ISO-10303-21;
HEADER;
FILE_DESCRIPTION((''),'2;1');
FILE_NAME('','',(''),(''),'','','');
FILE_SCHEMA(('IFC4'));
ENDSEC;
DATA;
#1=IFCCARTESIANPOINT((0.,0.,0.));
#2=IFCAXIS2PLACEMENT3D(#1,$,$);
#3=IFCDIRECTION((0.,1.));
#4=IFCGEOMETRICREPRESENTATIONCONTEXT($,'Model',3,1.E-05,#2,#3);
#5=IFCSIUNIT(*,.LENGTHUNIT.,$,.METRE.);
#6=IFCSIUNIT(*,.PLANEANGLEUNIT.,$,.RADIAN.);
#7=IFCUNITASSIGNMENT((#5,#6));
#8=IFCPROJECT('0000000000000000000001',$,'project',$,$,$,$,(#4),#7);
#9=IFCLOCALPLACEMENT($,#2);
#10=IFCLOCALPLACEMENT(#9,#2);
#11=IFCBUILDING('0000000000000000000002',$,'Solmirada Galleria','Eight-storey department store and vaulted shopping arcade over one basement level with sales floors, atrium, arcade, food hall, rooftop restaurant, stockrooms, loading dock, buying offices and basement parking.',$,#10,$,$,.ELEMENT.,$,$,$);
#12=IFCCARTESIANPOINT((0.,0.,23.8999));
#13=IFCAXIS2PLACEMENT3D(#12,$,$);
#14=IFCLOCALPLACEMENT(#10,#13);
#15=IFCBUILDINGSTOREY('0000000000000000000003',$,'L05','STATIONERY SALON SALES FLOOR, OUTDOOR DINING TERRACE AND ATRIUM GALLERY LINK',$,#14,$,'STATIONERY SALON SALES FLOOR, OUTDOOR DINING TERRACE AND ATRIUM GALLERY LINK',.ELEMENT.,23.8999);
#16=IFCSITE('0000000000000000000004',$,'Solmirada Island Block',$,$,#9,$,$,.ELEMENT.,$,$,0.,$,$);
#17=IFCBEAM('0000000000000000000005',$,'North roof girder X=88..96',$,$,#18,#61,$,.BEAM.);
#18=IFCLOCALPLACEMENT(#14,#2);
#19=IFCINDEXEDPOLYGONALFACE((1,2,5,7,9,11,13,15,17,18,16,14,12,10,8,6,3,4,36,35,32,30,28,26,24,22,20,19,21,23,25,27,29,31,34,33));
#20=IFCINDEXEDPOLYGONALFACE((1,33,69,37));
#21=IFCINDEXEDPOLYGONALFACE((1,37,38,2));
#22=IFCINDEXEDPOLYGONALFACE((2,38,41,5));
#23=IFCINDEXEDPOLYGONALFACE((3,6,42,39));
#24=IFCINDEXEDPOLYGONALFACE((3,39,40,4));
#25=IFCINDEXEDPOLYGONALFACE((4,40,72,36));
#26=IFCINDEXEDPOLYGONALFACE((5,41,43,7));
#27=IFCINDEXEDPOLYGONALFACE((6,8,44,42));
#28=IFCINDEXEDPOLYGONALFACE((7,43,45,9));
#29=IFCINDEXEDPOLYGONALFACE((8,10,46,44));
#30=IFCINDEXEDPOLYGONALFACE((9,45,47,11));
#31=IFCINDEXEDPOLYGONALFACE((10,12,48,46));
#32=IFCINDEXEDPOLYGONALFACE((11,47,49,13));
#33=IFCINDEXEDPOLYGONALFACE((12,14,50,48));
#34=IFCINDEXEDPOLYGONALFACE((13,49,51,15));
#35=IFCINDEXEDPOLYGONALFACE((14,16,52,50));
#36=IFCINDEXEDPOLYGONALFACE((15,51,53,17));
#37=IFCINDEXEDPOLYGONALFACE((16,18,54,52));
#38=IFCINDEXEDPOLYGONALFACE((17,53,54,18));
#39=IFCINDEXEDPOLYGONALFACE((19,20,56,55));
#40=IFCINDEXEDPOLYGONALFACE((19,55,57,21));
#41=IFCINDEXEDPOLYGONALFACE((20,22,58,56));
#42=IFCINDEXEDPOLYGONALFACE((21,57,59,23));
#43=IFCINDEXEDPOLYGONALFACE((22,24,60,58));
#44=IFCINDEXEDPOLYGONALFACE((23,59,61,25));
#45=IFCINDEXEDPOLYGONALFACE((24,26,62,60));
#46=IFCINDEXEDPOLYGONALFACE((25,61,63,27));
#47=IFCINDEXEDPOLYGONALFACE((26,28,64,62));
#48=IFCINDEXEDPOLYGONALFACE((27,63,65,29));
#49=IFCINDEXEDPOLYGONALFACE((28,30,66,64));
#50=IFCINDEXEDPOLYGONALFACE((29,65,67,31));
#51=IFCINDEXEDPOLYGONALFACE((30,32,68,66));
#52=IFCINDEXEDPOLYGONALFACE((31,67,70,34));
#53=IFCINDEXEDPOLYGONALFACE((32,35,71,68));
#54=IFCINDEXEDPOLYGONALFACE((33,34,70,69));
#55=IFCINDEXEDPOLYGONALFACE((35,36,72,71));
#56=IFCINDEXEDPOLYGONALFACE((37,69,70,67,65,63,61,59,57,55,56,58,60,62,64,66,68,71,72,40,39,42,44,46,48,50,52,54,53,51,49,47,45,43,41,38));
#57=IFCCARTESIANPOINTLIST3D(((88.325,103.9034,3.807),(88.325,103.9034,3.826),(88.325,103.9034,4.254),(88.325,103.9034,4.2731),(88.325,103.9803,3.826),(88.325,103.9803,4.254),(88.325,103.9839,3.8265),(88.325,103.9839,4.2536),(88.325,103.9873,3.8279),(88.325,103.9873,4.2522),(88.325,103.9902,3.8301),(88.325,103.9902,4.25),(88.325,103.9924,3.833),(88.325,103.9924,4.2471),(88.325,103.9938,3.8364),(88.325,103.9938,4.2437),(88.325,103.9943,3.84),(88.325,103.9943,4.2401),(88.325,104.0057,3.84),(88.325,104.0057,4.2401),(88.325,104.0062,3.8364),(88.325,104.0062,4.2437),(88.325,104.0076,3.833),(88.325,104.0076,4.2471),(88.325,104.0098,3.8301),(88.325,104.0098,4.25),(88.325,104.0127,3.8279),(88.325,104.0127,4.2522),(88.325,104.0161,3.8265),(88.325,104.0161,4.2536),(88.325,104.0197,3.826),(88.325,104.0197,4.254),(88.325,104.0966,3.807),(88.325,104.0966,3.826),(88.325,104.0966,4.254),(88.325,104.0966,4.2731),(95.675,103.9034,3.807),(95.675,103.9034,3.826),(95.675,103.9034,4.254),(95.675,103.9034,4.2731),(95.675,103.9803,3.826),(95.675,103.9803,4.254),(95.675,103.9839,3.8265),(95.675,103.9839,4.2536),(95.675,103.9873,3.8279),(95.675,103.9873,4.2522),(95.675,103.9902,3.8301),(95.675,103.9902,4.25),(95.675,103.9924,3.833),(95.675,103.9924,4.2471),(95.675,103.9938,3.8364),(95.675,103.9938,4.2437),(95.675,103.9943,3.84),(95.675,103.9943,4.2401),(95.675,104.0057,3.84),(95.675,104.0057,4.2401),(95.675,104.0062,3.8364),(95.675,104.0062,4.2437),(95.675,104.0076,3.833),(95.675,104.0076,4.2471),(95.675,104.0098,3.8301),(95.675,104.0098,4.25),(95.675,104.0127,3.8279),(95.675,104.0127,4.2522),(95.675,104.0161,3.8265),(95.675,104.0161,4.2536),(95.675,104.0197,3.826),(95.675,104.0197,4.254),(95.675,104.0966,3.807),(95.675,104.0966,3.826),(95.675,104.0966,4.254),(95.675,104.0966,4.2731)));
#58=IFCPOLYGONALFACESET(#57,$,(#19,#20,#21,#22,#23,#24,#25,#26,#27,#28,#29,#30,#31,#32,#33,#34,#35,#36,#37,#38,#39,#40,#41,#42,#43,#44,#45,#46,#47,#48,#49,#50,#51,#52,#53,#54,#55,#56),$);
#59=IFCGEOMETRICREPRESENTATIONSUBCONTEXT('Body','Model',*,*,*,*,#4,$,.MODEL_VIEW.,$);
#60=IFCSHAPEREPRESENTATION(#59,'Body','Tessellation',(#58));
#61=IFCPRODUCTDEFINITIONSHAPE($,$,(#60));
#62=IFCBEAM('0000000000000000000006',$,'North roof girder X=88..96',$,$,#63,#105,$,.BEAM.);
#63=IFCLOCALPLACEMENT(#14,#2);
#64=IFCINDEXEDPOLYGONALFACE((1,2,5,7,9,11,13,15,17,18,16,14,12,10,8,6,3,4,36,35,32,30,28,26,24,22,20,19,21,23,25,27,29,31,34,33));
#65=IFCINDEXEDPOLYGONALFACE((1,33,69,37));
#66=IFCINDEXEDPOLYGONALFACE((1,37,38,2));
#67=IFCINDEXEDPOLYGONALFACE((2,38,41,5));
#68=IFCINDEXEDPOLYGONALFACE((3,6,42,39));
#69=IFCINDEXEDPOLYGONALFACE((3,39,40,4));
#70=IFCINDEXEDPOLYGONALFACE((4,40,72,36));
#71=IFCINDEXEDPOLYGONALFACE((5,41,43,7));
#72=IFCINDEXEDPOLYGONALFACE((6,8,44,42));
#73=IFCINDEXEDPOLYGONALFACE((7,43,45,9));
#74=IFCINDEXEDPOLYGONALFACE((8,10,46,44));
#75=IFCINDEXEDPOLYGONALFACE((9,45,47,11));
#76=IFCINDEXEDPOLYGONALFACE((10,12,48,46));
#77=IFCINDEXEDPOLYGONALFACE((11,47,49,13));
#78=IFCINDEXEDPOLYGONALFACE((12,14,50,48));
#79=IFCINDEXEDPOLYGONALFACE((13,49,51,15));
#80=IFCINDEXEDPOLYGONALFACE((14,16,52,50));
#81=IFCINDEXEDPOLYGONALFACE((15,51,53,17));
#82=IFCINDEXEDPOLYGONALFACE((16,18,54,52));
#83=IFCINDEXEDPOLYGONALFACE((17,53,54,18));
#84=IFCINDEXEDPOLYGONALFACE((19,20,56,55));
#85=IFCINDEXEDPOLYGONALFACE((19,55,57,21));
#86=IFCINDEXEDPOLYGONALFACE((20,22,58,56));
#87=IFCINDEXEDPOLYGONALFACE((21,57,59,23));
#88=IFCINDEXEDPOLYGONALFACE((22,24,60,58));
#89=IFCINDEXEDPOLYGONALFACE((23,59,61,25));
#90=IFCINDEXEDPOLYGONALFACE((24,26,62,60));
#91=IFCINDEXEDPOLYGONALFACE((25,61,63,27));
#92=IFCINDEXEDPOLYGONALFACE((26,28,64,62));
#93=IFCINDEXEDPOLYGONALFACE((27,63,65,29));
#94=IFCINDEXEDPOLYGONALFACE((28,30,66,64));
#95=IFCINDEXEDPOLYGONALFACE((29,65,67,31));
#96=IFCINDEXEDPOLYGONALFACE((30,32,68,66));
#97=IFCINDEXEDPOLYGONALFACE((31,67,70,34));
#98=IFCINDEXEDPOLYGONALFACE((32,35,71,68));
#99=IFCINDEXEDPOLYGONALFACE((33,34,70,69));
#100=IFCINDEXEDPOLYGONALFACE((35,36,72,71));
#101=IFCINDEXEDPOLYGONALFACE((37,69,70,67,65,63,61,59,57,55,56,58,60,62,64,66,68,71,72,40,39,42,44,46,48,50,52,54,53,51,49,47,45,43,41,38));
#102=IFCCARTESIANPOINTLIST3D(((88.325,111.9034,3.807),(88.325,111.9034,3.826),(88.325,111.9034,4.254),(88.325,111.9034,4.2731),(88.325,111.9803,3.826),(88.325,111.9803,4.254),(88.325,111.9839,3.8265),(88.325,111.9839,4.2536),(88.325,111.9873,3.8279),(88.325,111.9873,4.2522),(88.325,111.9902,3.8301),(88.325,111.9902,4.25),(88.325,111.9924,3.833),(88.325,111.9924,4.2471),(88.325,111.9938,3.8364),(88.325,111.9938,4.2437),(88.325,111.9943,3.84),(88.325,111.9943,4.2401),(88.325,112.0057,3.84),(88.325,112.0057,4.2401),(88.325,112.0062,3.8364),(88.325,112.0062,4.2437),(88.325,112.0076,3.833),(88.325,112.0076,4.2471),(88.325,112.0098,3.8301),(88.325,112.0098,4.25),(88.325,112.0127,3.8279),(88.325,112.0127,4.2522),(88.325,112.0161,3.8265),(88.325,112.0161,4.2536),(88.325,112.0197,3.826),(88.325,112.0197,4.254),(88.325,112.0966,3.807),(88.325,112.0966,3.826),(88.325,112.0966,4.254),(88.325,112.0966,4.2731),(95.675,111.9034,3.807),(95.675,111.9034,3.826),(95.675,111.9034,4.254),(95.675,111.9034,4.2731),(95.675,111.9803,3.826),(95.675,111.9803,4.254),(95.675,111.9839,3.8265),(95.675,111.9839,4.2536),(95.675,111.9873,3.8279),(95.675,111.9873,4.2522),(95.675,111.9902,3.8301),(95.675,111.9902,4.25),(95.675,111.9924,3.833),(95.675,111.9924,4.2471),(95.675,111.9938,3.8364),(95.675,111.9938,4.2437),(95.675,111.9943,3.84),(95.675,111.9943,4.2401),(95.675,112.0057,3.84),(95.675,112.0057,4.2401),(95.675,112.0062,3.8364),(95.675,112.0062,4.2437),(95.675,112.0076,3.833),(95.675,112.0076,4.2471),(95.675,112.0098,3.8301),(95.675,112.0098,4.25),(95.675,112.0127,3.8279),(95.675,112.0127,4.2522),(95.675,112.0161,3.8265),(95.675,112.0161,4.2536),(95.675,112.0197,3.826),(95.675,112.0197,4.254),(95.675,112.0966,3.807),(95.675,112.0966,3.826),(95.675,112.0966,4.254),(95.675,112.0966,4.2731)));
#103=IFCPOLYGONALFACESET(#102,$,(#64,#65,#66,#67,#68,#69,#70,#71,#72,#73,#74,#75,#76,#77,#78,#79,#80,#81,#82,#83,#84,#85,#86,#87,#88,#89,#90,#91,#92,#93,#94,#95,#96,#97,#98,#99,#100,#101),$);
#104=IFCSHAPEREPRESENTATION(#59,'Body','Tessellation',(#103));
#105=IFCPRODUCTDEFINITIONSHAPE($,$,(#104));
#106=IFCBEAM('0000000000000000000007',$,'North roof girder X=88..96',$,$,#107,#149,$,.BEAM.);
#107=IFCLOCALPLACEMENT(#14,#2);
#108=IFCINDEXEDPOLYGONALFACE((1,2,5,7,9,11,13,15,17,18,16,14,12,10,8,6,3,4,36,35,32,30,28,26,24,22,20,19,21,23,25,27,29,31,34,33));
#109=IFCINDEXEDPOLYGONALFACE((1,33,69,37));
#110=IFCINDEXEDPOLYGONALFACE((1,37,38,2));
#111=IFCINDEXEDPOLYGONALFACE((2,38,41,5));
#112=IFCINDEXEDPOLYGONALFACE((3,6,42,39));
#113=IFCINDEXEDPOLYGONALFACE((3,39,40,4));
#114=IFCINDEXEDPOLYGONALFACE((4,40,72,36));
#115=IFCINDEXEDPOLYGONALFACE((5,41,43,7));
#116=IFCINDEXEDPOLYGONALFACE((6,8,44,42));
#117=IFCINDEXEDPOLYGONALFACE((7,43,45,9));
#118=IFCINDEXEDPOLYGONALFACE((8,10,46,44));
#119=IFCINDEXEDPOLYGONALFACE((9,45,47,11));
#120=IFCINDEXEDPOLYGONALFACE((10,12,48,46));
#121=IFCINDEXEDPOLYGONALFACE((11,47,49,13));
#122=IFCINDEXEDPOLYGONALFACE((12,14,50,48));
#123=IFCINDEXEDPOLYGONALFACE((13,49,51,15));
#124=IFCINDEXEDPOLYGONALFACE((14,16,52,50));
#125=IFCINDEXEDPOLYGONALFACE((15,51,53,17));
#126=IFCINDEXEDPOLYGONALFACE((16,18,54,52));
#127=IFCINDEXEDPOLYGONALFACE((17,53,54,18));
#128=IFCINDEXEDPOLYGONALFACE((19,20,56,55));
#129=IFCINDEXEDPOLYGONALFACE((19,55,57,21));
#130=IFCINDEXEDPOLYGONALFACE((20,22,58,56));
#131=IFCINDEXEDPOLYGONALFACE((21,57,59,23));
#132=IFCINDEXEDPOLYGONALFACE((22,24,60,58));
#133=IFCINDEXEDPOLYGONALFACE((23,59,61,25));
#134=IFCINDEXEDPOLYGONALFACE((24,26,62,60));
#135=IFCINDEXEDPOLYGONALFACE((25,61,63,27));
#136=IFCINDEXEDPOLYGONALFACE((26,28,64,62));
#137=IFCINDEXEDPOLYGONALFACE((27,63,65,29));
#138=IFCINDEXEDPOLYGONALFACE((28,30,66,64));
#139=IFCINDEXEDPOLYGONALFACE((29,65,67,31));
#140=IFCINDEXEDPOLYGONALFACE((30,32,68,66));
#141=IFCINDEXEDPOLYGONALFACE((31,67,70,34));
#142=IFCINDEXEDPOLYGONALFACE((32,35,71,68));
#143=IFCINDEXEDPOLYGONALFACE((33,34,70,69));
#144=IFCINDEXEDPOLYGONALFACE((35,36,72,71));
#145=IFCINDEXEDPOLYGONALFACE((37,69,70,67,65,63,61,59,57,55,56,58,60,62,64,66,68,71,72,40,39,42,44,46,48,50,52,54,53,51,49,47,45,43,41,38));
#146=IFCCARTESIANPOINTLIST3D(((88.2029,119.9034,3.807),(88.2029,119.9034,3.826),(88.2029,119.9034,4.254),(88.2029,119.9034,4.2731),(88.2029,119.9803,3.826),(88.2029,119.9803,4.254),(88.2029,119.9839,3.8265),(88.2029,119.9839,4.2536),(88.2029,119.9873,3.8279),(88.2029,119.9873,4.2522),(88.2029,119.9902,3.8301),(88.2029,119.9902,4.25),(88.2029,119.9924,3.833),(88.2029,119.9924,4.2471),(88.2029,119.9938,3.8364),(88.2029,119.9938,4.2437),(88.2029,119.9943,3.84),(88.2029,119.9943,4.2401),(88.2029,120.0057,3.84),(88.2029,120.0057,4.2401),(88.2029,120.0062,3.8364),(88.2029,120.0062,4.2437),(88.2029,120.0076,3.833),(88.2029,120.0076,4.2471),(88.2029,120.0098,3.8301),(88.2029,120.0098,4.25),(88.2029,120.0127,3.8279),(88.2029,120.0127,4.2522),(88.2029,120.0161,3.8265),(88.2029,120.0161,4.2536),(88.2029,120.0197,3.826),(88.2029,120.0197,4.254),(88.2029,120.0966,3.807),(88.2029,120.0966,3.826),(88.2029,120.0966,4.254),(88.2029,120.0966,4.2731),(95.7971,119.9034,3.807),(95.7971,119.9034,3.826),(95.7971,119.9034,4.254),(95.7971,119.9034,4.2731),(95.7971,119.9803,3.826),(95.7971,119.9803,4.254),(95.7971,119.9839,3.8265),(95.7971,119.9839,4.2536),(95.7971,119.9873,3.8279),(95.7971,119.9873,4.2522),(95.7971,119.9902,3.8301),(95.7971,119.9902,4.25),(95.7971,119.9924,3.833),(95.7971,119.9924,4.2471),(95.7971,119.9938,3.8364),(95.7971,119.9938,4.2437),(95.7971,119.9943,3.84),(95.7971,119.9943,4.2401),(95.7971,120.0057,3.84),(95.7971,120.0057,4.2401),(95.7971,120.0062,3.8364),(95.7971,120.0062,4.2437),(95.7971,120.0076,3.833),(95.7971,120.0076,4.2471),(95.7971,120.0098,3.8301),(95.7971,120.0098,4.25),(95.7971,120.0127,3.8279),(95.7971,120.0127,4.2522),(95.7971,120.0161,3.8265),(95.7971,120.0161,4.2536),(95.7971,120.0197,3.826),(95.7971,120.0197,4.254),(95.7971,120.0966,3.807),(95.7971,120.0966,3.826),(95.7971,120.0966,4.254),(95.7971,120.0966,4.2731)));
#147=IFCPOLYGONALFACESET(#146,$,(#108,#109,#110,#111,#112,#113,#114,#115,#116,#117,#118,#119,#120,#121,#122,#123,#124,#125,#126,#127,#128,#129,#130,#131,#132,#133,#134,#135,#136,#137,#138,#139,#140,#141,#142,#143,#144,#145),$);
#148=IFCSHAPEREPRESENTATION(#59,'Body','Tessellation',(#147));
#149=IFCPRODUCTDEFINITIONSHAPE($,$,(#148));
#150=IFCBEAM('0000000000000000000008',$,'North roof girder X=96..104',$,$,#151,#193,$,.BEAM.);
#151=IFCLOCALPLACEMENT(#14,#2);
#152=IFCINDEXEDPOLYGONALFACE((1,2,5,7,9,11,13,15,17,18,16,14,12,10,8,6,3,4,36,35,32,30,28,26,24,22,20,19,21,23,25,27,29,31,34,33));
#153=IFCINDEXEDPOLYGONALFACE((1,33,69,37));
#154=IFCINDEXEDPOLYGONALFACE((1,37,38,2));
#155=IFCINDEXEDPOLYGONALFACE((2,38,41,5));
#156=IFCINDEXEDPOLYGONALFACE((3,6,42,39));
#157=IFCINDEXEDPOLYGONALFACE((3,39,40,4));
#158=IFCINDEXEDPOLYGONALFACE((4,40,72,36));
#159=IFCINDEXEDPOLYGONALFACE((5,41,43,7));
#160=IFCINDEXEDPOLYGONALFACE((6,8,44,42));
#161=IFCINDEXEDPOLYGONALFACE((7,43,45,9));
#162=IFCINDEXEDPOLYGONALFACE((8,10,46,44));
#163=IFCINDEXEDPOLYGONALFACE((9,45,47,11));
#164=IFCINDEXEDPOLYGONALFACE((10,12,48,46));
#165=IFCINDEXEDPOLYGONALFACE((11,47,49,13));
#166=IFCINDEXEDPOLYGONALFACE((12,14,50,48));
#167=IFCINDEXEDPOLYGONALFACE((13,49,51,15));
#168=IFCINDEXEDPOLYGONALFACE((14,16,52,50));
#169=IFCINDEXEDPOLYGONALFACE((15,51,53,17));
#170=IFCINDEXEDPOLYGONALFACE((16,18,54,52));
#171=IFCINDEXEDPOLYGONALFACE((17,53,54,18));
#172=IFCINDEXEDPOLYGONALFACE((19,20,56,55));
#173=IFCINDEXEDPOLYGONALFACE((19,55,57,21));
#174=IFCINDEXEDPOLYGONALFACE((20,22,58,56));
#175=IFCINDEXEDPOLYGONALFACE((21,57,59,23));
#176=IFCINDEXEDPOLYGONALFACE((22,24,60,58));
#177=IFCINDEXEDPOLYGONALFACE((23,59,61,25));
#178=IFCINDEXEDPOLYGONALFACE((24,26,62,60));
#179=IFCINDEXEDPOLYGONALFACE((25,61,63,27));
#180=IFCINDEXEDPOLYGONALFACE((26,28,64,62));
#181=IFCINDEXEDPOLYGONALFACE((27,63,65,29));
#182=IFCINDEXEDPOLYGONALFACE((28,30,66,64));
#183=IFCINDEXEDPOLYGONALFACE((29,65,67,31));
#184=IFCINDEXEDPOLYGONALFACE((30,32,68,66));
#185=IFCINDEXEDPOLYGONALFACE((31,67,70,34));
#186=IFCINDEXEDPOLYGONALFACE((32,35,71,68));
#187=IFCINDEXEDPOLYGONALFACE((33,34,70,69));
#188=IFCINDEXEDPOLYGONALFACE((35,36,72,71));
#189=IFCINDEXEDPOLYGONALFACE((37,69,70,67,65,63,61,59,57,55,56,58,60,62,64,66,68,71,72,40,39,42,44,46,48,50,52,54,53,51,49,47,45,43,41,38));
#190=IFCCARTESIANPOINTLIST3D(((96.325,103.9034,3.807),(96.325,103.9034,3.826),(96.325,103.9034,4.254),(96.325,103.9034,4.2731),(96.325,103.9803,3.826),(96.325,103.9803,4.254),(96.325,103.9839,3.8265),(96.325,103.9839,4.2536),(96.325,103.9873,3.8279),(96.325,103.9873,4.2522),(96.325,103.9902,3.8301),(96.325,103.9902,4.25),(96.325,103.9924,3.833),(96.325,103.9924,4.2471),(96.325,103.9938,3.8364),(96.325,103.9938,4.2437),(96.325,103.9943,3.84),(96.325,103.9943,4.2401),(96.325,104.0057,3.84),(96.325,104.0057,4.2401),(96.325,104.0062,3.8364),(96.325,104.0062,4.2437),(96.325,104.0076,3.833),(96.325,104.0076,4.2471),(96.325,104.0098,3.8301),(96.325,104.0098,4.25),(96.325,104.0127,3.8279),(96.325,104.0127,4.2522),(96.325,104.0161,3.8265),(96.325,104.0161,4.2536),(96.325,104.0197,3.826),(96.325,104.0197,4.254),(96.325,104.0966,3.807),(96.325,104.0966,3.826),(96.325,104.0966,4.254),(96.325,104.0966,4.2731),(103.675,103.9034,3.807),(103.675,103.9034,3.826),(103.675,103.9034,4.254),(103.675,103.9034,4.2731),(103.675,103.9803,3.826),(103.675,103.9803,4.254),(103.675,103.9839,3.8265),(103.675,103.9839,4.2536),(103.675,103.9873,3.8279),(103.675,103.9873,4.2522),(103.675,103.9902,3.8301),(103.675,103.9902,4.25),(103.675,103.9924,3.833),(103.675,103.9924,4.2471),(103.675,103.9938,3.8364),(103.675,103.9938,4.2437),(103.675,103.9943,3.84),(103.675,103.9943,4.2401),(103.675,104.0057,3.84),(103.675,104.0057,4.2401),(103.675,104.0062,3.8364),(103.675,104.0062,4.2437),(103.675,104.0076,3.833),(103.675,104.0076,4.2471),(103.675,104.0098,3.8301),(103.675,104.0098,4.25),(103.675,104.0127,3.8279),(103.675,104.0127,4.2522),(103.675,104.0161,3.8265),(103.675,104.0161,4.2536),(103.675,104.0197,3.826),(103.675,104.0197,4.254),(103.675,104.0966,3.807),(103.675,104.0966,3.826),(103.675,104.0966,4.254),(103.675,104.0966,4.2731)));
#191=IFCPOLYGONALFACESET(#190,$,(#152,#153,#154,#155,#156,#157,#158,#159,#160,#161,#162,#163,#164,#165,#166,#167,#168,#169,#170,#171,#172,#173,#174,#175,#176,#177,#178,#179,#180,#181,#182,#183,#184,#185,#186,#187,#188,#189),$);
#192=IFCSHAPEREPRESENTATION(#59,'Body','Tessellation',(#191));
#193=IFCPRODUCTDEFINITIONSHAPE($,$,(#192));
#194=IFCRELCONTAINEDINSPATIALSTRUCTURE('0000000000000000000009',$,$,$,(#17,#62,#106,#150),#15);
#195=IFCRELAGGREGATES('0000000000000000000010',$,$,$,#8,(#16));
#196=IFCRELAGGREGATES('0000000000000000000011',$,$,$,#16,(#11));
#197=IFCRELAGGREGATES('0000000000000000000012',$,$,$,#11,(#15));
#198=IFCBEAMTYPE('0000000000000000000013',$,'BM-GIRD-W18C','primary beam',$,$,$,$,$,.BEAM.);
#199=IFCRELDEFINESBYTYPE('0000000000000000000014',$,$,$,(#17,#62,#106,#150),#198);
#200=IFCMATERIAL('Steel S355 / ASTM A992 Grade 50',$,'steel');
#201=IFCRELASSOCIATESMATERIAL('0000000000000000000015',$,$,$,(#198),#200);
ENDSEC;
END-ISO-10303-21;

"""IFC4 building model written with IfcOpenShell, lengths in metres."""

from ifc_helpers import new_model, si_unit, direction, frame, origin, origin_2d, place, context, subcontext, project, spatial, i_section, extrude, material, material_profile, profile_set, type_object, element, save


model = new_model("IFC4")

# Units and contexts
model_context = context("Model", 3, precision=1e-05, world=origin(), true_north=direction((0.0, 1.0)))
body_context = subcontext(model_context, "Body", "Model", "MODEL_VIEW")
ifc_project = project(units=[si_unit("LENGTHUNIT", "METRE"), si_unit("PLANEANGLEUNIT", "RADIAN")], contexts=[model_context])

# Site, building, storey
site_placement = place(None, origin())
site = spatial("IfcSite", under=ifc_project, at=site_placement, Name="Solmirada Island Block", CompositionType="ELEMENT", RefElevation=0.0)
building_placement = place(site_placement, origin())
building = spatial("IfcBuilding", under=site, at=building_placement, Name="Solmirada Galleria", Description="Eight-storey department store and vaulted shopping arcade over one basement level with sales floors, atrium, arcade, food hall, rooftop restaurant, stockrooms, loading dock, buying offices and basement parking.", CompositionType="ELEMENT")
storey_placement = place(building_placement, frame((0.0, 0.0, 23.8999)))
storey = spatial("IfcBuildingStorey", under=building, at=storey_placement, Name="L05", Description="STATIONERY SALON SALES FLOOR, OUTDOOR DINING TERRACE AND ATRIUM GALLERY LINK", LongName="STATIONERY SALON SALES FLOOR, OUTDOOR DINING TERRACE AND ATRIUM GALLERY LINK", CompositionType="ELEMENT", Elevation=23.8999)

# Beams
ifc_material_1 = material(Name="Steel S355 / ASTM A992 Grade 50", Category="steel")
ifc_material_profile_1 = material_profile(ifc_material_1, i_section(OverallWidth=0.1931, OverallDepth=0.4661, WebThickness=0.0115, FlangeThickness=0.019, FilletRadius=0.0139, at=origin_2d()), Name="W18X65")
ifc_profile_set_1 = profile_set([ifc_material_profile_1], Name="Steel S355 / ASTM A992 Grade 50")
beam_type = type_object("IfcBeamType", Name="BM-GIRD-W18C", Description="primary beam", PredefinedType="BEAM", material=ifc_profile_set_1)
for number, where, z_axis, x_axis, name in (
    (1, (88.325, 104.0, 4.04), (1.0, 0.0, 0.0), (0.0, 1.0, 0.0), "North roof girder X=88..96"),
    (2, (88.325, 112.0, 4.04), (1.0, 0.0, 0.0), (0.0, 1.0, 0.0), "North roof girder X=88..96"),
):
    element("IfcBeam", number, at=place(storey_placement, frame(where, z_axis=z_axis, x_axis=x_axis)), inside=storey, type_object=beam_type, Name=name, PredefinedType="BEAM", context=body_context, shape_type="SweptSolid", body=[
        extrude(i_section(OverallWidth=0.1931, OverallDepth=0.4661, WebThickness=0.0115, FlangeThickness=0.019, FilletRadius=0.0139, at=origin_2d()), origin(), (0.0, 0.0, 1.0), 7.3501),
    ])
beam_1_placement = place(storey_placement, frame((88.2029, 120.0, 4.04), z_axis=(1.0, 0.0, 0.0), x_axis=(0.0, 1.0, 0.0)))
element("IfcBeam", 3, at=beam_1_placement, inside=storey, type_object=beam_type, Name="North roof girder X=88..96", PredefinedType="BEAM", context=body_context, shape_type="SweptSolid", body=[
    extrude(i_section(OverallWidth=0.1931, OverallDepth=0.4661, WebThickness=0.0115, FlangeThickness=0.019, FilletRadius=0.0139, at=origin_2d()), origin(), (0.0, 0.0, 1.0), 7.5942),
])
for number, where, z_axis, x_axis, name in (
    (4, (96.325, 104.0, 4.04), (1.0, 0.0, 0.0), (0.0, 1.0, 0.0), "North roof girder X=96..104"),
):
    element("IfcBeam", number, at=place(storey_placement, frame(where, z_axis=z_axis, x_axis=x_axis)), inside=storey, type_object=beam_type, Name=name, PredefinedType="BEAM", context=body_context, shape_type="SweptSolid", body=[
        extrude(i_section(OverallWidth=0.1931, OverallDepth=0.4661, WebThickness=0.0115, FlangeThickness=0.019, FilletRadius=0.0139, at=origin_2d()), origin(), (0.0, 0.0, 1.0), 7.3501),
    ])

save(model, "model.ifc")
